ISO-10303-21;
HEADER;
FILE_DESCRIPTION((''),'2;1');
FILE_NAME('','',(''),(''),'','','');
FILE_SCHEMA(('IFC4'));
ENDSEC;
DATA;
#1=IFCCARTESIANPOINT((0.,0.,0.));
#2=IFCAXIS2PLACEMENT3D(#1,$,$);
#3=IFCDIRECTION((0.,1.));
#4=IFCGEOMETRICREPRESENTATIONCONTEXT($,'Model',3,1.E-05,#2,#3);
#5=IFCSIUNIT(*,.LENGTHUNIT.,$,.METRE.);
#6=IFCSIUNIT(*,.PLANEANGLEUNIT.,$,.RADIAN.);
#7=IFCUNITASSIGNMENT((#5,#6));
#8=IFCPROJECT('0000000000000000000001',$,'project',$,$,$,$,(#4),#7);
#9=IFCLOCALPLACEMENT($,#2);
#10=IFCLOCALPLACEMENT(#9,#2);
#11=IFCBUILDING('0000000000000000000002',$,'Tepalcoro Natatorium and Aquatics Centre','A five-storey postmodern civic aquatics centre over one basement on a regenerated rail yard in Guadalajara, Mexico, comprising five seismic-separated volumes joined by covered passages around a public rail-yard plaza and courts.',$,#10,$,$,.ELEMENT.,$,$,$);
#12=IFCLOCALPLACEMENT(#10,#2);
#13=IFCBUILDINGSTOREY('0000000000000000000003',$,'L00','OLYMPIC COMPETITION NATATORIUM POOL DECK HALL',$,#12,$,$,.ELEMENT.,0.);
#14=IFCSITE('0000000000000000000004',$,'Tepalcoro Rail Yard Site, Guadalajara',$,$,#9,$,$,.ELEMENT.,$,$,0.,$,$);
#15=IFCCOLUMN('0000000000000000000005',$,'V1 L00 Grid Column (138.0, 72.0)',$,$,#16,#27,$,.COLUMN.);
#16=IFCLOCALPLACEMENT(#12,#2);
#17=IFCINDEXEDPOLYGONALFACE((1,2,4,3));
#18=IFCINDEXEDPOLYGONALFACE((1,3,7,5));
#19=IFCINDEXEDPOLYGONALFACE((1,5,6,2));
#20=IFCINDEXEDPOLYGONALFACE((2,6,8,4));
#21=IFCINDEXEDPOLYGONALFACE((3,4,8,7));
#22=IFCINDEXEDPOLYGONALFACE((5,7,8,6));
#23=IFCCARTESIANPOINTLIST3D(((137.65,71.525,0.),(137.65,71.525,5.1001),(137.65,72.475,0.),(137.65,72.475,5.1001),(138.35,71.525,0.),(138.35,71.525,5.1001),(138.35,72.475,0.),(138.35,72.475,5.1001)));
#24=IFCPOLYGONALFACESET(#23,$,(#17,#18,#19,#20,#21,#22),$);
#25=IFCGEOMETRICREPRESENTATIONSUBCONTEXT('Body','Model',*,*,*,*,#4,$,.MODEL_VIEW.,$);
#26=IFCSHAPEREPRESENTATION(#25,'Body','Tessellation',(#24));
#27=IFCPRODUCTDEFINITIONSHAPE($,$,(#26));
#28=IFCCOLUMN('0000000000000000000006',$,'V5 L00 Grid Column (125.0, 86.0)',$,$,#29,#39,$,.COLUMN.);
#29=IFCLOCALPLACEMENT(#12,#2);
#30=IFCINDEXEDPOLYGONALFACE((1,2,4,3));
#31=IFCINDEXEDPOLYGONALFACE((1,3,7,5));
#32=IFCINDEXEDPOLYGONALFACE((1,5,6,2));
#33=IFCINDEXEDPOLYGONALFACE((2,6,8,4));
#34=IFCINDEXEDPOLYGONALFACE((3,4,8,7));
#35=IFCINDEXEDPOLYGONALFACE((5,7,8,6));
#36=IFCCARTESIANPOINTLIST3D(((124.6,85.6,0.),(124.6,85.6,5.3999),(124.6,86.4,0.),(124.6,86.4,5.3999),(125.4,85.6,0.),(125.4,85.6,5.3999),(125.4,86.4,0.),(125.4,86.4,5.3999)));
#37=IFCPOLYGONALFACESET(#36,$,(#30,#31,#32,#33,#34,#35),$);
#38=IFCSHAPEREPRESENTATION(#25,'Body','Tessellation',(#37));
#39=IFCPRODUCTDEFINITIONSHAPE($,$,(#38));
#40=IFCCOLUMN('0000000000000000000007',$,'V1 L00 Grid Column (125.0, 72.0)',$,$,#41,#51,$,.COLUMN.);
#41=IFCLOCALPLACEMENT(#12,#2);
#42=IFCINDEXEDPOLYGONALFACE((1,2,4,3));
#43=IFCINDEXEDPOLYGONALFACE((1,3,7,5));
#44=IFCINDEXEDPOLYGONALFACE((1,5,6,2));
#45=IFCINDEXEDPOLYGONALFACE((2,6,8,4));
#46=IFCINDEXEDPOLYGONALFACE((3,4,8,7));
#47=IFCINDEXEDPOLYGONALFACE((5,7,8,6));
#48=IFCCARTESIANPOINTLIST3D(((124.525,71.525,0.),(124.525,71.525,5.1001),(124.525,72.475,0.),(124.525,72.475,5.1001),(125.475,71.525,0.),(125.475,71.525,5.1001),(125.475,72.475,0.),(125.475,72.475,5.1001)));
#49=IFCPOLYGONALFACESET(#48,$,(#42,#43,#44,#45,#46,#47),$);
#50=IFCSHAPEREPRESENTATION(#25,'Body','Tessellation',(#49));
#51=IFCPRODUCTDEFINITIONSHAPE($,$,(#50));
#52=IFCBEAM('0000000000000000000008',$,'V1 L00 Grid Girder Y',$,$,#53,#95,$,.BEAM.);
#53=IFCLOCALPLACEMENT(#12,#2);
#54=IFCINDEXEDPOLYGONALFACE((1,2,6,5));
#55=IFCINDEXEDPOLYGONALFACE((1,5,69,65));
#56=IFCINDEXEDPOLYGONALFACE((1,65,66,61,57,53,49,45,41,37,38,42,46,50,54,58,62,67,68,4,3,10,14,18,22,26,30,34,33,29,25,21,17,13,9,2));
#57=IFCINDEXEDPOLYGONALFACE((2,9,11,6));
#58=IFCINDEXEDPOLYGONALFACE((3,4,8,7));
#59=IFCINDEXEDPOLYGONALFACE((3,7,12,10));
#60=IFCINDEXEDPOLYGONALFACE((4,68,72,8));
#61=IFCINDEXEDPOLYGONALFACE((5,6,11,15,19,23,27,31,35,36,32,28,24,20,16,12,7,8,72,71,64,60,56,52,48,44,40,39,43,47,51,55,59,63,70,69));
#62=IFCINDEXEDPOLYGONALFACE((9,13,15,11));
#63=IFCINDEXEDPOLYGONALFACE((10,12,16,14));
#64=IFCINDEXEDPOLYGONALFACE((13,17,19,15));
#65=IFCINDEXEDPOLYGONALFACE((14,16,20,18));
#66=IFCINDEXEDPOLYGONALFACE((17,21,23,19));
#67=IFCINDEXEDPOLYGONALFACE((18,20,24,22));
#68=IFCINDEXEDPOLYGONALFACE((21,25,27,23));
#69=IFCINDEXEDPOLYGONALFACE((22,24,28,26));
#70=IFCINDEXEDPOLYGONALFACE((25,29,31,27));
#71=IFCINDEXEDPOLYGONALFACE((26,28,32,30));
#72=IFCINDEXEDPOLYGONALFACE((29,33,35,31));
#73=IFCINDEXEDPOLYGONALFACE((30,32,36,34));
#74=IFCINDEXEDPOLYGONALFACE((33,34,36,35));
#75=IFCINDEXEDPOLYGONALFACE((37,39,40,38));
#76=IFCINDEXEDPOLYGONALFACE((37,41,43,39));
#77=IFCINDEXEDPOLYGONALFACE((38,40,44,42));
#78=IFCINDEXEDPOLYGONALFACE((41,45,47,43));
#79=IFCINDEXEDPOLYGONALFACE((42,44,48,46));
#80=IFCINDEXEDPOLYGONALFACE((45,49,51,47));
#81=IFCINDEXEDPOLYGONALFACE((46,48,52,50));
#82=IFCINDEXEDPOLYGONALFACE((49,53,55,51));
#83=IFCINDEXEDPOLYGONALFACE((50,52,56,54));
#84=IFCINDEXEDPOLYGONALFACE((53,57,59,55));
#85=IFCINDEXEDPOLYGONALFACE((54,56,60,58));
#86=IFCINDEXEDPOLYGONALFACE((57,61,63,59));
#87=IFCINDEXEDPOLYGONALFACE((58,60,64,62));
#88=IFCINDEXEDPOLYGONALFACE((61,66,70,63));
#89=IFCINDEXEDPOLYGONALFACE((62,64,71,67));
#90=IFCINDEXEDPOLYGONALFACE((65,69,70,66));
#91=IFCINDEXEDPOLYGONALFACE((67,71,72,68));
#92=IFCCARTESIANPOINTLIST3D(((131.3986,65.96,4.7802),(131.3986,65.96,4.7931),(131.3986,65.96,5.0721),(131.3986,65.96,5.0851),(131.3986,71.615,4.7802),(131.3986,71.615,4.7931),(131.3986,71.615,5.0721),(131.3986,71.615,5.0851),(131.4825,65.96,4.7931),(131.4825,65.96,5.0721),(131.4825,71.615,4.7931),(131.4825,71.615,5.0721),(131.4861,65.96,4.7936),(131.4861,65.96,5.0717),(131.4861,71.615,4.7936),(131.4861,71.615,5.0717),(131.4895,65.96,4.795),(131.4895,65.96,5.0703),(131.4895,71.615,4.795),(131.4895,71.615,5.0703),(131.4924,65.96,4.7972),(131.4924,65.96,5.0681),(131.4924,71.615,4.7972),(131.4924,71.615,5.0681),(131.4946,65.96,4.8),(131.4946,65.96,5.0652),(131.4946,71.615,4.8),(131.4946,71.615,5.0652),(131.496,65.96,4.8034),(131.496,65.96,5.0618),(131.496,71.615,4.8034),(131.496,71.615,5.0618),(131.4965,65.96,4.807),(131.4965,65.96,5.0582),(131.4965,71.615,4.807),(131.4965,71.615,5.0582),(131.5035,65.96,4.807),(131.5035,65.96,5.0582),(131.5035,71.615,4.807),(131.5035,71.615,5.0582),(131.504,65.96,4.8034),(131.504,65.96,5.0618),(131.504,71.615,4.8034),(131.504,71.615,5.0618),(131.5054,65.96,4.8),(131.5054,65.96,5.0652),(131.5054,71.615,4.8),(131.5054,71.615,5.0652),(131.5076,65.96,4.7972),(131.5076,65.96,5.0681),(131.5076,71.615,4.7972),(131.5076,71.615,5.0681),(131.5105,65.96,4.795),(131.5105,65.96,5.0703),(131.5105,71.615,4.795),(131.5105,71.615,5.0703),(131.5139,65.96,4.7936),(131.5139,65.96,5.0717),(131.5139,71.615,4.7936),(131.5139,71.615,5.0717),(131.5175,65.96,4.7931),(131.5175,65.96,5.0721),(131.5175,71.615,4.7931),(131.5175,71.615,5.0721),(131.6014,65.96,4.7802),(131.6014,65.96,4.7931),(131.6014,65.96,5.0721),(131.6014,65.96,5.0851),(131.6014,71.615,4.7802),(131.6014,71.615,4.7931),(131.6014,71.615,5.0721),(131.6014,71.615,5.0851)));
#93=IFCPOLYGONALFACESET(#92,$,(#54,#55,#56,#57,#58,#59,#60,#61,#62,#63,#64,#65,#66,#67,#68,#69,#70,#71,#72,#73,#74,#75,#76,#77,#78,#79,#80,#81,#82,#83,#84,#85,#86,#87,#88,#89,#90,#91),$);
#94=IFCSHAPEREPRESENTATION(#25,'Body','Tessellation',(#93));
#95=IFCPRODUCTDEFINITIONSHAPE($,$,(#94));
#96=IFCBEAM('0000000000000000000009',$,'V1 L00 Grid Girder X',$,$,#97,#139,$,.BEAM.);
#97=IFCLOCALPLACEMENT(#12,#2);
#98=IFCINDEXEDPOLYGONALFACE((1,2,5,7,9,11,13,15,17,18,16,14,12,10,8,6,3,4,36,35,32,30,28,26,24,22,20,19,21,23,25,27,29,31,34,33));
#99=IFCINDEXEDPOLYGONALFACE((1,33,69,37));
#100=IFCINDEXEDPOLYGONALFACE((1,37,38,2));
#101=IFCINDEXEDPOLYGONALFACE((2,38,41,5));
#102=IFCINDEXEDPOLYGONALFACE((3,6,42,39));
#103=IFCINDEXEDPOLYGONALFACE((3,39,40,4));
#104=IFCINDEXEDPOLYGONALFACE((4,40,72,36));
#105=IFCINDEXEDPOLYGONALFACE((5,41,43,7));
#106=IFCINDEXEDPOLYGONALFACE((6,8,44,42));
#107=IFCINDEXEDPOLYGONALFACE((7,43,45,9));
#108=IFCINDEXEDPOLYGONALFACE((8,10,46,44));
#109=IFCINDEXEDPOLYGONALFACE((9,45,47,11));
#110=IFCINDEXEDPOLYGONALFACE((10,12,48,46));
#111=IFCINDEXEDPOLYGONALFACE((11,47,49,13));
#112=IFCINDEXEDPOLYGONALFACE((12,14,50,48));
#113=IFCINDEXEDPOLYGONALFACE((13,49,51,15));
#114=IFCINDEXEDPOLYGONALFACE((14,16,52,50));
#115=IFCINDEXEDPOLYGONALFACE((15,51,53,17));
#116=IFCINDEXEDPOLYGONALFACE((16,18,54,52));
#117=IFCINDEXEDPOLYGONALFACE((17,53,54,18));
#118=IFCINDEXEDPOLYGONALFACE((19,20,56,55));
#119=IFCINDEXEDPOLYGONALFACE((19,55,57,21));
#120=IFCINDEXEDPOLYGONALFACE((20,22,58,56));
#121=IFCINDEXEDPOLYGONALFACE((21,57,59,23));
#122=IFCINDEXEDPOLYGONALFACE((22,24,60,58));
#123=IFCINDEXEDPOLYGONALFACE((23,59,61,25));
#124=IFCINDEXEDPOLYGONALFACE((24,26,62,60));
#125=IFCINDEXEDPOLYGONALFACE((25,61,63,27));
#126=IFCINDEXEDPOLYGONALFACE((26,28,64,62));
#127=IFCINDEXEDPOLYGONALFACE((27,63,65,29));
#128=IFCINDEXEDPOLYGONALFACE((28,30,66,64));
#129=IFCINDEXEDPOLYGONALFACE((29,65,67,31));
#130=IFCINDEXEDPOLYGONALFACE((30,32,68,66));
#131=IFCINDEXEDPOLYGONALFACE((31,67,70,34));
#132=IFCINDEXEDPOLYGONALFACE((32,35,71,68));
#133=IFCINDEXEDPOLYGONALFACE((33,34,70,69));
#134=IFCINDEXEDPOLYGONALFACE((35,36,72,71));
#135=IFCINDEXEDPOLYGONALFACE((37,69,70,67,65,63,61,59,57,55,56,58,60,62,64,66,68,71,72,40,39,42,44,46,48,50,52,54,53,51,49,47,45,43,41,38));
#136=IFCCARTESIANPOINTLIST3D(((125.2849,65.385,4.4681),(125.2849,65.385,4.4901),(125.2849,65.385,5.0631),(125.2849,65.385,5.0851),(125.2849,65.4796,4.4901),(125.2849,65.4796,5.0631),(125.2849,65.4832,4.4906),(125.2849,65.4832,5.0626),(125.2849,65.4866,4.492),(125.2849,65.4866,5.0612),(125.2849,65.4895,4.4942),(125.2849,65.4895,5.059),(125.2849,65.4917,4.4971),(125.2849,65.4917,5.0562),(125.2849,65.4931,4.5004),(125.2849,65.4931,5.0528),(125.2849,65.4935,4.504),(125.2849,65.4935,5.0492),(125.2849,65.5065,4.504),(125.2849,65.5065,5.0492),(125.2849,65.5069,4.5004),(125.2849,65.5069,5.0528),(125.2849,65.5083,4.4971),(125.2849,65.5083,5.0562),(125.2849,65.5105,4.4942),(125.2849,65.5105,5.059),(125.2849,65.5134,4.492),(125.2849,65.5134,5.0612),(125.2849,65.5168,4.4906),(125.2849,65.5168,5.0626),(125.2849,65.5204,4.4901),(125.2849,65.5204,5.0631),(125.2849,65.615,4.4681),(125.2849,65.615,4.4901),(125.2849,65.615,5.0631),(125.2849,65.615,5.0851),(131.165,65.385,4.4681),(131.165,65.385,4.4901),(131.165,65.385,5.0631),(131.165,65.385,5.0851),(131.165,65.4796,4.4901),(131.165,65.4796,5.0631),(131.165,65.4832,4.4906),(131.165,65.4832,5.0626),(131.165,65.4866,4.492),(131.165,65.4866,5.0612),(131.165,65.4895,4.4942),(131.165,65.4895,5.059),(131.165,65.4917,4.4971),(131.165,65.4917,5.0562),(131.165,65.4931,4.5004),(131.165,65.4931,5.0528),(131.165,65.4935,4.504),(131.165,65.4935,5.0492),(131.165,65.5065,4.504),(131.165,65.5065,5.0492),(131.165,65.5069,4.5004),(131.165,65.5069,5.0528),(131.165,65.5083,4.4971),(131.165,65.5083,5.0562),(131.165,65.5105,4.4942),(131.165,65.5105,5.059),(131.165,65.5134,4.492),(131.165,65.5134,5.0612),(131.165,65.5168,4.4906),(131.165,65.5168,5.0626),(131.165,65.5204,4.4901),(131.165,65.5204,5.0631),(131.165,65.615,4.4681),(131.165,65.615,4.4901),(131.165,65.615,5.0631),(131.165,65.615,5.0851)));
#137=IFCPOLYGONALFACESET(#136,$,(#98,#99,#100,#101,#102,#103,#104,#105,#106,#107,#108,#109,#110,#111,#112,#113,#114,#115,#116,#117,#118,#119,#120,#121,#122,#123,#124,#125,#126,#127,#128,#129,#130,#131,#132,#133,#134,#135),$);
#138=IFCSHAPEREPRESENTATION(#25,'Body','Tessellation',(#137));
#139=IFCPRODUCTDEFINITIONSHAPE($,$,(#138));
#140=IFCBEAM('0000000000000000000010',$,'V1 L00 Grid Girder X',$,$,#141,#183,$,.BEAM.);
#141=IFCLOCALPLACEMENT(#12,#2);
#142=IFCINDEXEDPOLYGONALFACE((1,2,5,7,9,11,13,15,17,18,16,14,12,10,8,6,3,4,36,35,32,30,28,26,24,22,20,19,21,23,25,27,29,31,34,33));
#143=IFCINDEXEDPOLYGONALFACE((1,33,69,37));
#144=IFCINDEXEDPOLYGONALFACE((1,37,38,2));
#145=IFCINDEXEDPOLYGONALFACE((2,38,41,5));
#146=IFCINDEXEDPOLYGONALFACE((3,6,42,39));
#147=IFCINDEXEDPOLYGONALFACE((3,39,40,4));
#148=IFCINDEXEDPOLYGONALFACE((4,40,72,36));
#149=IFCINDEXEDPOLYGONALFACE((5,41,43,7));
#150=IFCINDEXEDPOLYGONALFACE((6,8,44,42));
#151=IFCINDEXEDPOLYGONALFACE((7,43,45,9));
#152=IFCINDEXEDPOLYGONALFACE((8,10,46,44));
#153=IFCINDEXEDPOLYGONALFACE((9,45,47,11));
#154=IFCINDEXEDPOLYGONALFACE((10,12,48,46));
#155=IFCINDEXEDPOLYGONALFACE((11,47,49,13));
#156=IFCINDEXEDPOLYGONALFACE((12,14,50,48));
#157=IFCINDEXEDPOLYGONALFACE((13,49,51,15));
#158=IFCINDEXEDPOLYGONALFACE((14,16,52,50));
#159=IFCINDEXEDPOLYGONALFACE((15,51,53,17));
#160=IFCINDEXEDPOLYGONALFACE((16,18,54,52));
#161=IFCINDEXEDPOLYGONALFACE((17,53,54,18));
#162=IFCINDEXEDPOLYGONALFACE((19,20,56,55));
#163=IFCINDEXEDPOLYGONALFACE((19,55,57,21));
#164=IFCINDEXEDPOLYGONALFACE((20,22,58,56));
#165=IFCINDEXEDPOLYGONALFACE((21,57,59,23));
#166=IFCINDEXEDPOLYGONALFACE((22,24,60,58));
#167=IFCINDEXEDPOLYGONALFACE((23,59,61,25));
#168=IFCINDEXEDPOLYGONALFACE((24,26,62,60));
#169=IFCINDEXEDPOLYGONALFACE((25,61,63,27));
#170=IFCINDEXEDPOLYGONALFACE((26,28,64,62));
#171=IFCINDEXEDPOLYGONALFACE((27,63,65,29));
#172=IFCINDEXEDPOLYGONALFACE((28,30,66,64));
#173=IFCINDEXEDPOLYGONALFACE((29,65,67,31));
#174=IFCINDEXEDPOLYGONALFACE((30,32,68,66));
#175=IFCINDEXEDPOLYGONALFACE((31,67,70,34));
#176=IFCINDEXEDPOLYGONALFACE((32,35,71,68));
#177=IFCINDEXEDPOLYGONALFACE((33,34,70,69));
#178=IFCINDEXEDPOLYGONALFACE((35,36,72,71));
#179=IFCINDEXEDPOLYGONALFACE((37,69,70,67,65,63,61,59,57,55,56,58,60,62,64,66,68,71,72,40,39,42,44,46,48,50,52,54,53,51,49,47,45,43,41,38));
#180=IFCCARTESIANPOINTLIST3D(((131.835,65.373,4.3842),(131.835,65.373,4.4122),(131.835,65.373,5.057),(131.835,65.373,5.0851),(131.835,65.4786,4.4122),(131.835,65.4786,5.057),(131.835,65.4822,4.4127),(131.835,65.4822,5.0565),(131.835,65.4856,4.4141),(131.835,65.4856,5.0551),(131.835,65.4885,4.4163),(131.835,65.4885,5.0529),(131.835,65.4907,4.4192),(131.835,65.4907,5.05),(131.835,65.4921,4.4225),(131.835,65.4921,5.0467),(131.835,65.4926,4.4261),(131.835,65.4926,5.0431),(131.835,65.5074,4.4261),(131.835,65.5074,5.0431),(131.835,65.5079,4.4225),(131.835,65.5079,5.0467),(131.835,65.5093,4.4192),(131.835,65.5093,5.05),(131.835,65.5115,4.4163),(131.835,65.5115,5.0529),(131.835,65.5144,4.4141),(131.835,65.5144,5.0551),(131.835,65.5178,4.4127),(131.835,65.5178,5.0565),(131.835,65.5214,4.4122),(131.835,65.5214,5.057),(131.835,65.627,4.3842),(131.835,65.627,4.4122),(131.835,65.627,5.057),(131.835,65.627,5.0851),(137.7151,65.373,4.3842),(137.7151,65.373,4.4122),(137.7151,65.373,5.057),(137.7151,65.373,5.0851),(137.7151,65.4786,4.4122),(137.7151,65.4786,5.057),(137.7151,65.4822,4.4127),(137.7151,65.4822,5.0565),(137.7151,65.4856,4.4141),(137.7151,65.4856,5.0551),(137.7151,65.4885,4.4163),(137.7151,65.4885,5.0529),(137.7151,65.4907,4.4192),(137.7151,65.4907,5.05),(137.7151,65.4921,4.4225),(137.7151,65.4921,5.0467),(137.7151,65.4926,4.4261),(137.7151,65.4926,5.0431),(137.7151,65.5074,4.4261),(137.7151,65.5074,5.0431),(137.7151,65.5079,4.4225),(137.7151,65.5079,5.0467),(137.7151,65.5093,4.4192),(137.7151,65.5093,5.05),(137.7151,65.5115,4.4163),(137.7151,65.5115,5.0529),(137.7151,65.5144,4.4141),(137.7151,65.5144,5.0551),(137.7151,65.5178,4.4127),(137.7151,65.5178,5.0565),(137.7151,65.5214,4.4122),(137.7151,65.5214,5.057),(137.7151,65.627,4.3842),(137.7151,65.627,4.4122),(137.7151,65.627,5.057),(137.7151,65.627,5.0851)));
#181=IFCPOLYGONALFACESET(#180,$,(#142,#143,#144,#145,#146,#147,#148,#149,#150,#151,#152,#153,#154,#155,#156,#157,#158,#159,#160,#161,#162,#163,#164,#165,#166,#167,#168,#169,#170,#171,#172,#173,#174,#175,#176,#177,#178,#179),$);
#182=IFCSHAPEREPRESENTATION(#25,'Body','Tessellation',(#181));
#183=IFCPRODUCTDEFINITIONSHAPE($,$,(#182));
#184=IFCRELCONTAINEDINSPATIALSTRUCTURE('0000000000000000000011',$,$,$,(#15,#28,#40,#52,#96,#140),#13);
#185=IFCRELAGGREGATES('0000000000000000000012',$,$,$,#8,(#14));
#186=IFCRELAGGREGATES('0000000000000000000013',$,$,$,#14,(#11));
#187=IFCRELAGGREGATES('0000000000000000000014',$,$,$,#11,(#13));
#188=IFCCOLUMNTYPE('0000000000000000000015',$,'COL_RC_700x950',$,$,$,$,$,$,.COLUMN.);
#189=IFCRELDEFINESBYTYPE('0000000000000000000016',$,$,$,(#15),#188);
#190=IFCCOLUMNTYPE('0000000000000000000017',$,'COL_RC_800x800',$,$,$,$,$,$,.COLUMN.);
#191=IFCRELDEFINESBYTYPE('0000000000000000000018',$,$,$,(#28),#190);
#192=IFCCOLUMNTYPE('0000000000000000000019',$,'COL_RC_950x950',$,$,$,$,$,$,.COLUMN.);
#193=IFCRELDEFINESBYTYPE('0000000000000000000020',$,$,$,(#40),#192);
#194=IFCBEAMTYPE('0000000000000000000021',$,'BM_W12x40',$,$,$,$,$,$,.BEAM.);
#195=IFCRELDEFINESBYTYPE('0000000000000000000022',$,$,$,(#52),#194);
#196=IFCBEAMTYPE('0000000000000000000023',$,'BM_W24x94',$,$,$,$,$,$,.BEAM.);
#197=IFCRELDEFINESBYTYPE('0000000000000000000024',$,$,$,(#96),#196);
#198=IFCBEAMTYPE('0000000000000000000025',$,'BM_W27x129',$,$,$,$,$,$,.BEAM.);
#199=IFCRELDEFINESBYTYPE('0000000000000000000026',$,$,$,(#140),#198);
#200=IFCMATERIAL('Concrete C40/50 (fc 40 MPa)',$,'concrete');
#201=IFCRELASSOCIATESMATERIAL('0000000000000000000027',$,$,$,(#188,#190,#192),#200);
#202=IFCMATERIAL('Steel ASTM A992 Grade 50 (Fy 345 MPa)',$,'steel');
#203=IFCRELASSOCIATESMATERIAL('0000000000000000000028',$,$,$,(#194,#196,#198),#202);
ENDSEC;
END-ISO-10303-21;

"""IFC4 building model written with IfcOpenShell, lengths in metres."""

from ifc_helpers import new_model, si_unit, direction, frame, origin, origin_2d, place, context, subcontext, project, spatial, rectangle, i_section, extrude, material, material_profile, profile_set, type_object, element, save


model = new_model("IFC4")

# Units and contexts
model_context = context("Model", 3, precision=1e-05, world=origin(), true_north=direction((0.0, 1.0)))
body_context = subcontext(model_context, "Body", "Model", "MODEL_VIEW")
ifc_project = project(units=[si_unit("LENGTHUNIT", "METRE"), si_unit("PLANEANGLEUNIT", "RADIAN")], contexts=[model_context])

# Site, building, storey
site_placement = place(None, origin())
site = spatial("IfcSite", under=ifc_project, at=site_placement, Name="Tepalcoro Rail Yard Site, Guadalajara", CompositionType="ELEMENT", RefElevation=0.0)
building_placement = place(site_placement, origin())
building = spatial("IfcBuilding", under=site, at=building_placement, Name="Tepalcoro Natatorium and Aquatics Centre", Description="A five-storey postmodern civic aquatics centre over one basement on a regenerated rail yard in Guadalajara, Mexico, comprising five seismic-separated volumes joined by covered passages around a public rail-yard plaza and courts.", CompositionType="ELEMENT")
storey_placement = place(building_placement, origin())
storey = spatial("IfcBuildingStorey", under=building, at=storey_placement, Name="L00", Description="OLYMPIC COMPETITION NATATORIUM POOL DECK HALL", CompositionType="ELEMENT", Elevation=0.0)

# Shared definitions
ifc_material_1 = material(Name="Concrete C40/50 (fc 40 MPa)", Category="concrete")

# Columns
ifc_material_profile_1 = material_profile(ifc_material_1, rectangle(XDim=0.7, YDim=0.95, at=origin_2d()), Name="RC700x950")
ifc_profile_set_1 = profile_set([ifc_material_profile_1], Name="Concrete C40/50 (fc 40 MPa)")
column_type_1 = type_object("IfcColumnType", Name="COL_RC_700x950", PredefinedType="COLUMN", material=ifc_profile_set_1)
column_1_placement = place(storey_placement, frame((138.0, 72.0, 0.0), z_axis=(0.0, 0.0, 1.0), x_axis=(1.0, 0.0, 0.0)))
element("IfcColumn", 1, at=column_1_placement, inside=storey, type_object=column_type_1, Name="V1 L00 Grid Column (138.0, 72.0)", PredefinedType="COLUMN", context=body_context, shape_type="SweptSolid", body=[
    extrude(rectangle(XDim=0.7, YDim=0.95, at=origin_2d()), origin(), (0.0, 0.0, 1.0), 5.1001),
])
ifc_material_profile_2 = material_profile(ifc_material_1, rectangle(XDim=0.8, YDim=0.8, at=origin_2d()), Name="RC800x800")
ifc_profile_set_2 = profile_set([ifc_material_profile_2], Name="Concrete C40/50 (fc 40 MPa)")
column_type_2 = type_object("IfcColumnType", Name="COL_RC_800x800", PredefinedType="COLUMN", material=ifc_profile_set_2)
column_2_placement = place(storey_placement, frame((125.0, 86.0, 0.0), z_axis=(0.0, 0.0, 1.0), x_axis=(1.0, 0.0, 0.0)))
element("IfcColumn", 2, at=column_2_placement, inside=storey, type_object=column_type_2, Name="V5 L00 Grid Column (125.0, 86.0)", PredefinedType="COLUMN", context=body_context, shape_type="SweptSolid", body=[
    extrude(rectangle(XDim=0.8, YDim=0.8, at=origin_2d()), origin(), (0.0, 0.0, 1.0), 5.3999),
])
ifc_material_profile_3 = material_profile(ifc_material_1, rectangle(XDim=0.95, YDim=0.95, at=origin_2d()), Name="RC950x950")
ifc_profile_set_3 = profile_set([ifc_material_profile_3], Name="Concrete C40/50 (fc 40 MPa)")
column_type_3 = type_object("IfcColumnType", Name="COL_RC_950x950", PredefinedType="COLUMN", material=ifc_profile_set_3)
column_3_placement = place(storey_placement, frame((125.0, 72.0, 0.0), z_axis=(0.0, 0.0, 1.0), x_axis=(1.0, 0.0, 0.0)))
element("IfcColumn", 3, at=column_3_placement, inside=storey, type_object=column_type_3, Name="V1 L00 Grid Column (125.0, 72.0)", PredefinedType="COLUMN", context=body_context, shape_type="SweptSolid", body=[
    extrude(rectangle(XDim=0.95, YDim=0.95, at=origin_2d()), origin(), (0.0, 0.0, 1.0), 5.1001),
])

# Beams
ifc_material_2 = material(Name="Steel ASTM A992 Grade 50 (Fy 345 MPa)", Category="steel")
ifc_material_profile_4 = material_profile(ifc_material_2, i_section(OverallWidth=0.2029, OverallDepth=0.3049, WebThickness=0.0071, FlangeThickness=0.0129, FilletRadius=0.0139, at=origin_2d()), Name="W12X40")
ifc_profile_set_4 = profile_set([ifc_material_profile_4], Name="Steel ASTM A992 Grade 50 (Fy 345 MPa)")
beam_type_1 = type_object("IfcBeamType", Name="BM_W12x40", PredefinedType="BEAM", material=ifc_profile_set_4)
beam_1_placement = place(storey_placement, frame((131.5, 65.96, 4.9326), z_axis=(0.0, 1.0, 0.0), x_axis=(-1.0, 0.0, 0.0)))
element("IfcBeam", 4, at=beam_1_placement, inside=storey, type_object=beam_type_1, Name="V1 L00 Grid Girder Y", PredefinedType="BEAM", context=body_context, shape_type="SweptSolid", body=[
    extrude(i_section(OverallWidth=0.2029, OverallDepth=0.3049, WebThickness=0.0071, FlangeThickness=0.0129, FilletRadius=0.0139, at=origin_2d()), origin(), (0.0, 0.0, 1.0), 5.655),
])
ifc_material_profile_5 = material_profile(ifc_material_2, i_section(OverallWidth=0.23, OverallDepth=0.6169, WebThickness=0.0129, FlangeThickness=0.022, FilletRadius=0.0139, at=origin_2d()), Name="W24X94")
ifc_profile_set_5 = profile_set([ifc_material_profile_5], Name="Steel ASTM A992 Grade 50 (Fy 345 MPa)")
beam_type_2 = type_object("IfcBeamType", Name="BM_W24x94", PredefinedType="BEAM", material=ifc_profile_set_5)
beam_2_placement = place(storey_placement, frame((125.2849, 65.5, 4.7766), z_axis=(1.0, 0.0, 0.0), x_axis=(0.0, 1.0, 0.0)))
element("IfcBeam", 5, at=beam_2_placement, inside=storey, type_object=beam_type_2, Name="V1 L00 Grid Girder X", PredefinedType="BEAM", context=body_context, shape_type="SweptSolid", body=[
    extrude(i_section(OverallWidth=0.23, OverallDepth=0.6169, WebThickness=0.0129, FlangeThickness=0.022, FilletRadius=0.0139, at=origin_2d()), origin(), (0.0, 0.0, 1.0), 5.8801),
])
ifc_material_profile_6 = material_profile(ifc_material_2, i_section(OverallWidth=0.2539, OverallDepth=0.7009, WebThickness=0.0149, FlangeThickness=0.0281, FilletRadius=0.0139, at=origin_2d()), Name="W27X129")
ifc_profile_set_6 = profile_set([ifc_material_profile_6], Name="Steel ASTM A992 Grade 50 (Fy 345 MPa)")
beam_type_3 = type_object("IfcBeamType", Name="BM_W27x129", PredefinedType="BEAM", material=ifc_profile_set_6)
beam_3_placement = place(storey_placement, frame((131.835, 65.5, 4.7346), z_axis=(1.0, 0.0, 0.0), x_axis=(0.0, 1.0, 0.0)))
element("IfcBeam", 6, at=beam_3_placement, inside=storey, type_object=beam_type_3, Name="V1 L00 Grid Girder X", PredefinedType="BEAM", context=body_context, shape_type="SweptSolid", body=[
    extrude(i_section(OverallWidth=0.2539, OverallDepth=0.7009, WebThickness=0.0149, FlangeThickness=0.0281, FilletRadius=0.0139, at=origin_2d()), origin(), (0.0, 0.0, 1.0), 5.8801),
])

save(model, "model.ifc")
